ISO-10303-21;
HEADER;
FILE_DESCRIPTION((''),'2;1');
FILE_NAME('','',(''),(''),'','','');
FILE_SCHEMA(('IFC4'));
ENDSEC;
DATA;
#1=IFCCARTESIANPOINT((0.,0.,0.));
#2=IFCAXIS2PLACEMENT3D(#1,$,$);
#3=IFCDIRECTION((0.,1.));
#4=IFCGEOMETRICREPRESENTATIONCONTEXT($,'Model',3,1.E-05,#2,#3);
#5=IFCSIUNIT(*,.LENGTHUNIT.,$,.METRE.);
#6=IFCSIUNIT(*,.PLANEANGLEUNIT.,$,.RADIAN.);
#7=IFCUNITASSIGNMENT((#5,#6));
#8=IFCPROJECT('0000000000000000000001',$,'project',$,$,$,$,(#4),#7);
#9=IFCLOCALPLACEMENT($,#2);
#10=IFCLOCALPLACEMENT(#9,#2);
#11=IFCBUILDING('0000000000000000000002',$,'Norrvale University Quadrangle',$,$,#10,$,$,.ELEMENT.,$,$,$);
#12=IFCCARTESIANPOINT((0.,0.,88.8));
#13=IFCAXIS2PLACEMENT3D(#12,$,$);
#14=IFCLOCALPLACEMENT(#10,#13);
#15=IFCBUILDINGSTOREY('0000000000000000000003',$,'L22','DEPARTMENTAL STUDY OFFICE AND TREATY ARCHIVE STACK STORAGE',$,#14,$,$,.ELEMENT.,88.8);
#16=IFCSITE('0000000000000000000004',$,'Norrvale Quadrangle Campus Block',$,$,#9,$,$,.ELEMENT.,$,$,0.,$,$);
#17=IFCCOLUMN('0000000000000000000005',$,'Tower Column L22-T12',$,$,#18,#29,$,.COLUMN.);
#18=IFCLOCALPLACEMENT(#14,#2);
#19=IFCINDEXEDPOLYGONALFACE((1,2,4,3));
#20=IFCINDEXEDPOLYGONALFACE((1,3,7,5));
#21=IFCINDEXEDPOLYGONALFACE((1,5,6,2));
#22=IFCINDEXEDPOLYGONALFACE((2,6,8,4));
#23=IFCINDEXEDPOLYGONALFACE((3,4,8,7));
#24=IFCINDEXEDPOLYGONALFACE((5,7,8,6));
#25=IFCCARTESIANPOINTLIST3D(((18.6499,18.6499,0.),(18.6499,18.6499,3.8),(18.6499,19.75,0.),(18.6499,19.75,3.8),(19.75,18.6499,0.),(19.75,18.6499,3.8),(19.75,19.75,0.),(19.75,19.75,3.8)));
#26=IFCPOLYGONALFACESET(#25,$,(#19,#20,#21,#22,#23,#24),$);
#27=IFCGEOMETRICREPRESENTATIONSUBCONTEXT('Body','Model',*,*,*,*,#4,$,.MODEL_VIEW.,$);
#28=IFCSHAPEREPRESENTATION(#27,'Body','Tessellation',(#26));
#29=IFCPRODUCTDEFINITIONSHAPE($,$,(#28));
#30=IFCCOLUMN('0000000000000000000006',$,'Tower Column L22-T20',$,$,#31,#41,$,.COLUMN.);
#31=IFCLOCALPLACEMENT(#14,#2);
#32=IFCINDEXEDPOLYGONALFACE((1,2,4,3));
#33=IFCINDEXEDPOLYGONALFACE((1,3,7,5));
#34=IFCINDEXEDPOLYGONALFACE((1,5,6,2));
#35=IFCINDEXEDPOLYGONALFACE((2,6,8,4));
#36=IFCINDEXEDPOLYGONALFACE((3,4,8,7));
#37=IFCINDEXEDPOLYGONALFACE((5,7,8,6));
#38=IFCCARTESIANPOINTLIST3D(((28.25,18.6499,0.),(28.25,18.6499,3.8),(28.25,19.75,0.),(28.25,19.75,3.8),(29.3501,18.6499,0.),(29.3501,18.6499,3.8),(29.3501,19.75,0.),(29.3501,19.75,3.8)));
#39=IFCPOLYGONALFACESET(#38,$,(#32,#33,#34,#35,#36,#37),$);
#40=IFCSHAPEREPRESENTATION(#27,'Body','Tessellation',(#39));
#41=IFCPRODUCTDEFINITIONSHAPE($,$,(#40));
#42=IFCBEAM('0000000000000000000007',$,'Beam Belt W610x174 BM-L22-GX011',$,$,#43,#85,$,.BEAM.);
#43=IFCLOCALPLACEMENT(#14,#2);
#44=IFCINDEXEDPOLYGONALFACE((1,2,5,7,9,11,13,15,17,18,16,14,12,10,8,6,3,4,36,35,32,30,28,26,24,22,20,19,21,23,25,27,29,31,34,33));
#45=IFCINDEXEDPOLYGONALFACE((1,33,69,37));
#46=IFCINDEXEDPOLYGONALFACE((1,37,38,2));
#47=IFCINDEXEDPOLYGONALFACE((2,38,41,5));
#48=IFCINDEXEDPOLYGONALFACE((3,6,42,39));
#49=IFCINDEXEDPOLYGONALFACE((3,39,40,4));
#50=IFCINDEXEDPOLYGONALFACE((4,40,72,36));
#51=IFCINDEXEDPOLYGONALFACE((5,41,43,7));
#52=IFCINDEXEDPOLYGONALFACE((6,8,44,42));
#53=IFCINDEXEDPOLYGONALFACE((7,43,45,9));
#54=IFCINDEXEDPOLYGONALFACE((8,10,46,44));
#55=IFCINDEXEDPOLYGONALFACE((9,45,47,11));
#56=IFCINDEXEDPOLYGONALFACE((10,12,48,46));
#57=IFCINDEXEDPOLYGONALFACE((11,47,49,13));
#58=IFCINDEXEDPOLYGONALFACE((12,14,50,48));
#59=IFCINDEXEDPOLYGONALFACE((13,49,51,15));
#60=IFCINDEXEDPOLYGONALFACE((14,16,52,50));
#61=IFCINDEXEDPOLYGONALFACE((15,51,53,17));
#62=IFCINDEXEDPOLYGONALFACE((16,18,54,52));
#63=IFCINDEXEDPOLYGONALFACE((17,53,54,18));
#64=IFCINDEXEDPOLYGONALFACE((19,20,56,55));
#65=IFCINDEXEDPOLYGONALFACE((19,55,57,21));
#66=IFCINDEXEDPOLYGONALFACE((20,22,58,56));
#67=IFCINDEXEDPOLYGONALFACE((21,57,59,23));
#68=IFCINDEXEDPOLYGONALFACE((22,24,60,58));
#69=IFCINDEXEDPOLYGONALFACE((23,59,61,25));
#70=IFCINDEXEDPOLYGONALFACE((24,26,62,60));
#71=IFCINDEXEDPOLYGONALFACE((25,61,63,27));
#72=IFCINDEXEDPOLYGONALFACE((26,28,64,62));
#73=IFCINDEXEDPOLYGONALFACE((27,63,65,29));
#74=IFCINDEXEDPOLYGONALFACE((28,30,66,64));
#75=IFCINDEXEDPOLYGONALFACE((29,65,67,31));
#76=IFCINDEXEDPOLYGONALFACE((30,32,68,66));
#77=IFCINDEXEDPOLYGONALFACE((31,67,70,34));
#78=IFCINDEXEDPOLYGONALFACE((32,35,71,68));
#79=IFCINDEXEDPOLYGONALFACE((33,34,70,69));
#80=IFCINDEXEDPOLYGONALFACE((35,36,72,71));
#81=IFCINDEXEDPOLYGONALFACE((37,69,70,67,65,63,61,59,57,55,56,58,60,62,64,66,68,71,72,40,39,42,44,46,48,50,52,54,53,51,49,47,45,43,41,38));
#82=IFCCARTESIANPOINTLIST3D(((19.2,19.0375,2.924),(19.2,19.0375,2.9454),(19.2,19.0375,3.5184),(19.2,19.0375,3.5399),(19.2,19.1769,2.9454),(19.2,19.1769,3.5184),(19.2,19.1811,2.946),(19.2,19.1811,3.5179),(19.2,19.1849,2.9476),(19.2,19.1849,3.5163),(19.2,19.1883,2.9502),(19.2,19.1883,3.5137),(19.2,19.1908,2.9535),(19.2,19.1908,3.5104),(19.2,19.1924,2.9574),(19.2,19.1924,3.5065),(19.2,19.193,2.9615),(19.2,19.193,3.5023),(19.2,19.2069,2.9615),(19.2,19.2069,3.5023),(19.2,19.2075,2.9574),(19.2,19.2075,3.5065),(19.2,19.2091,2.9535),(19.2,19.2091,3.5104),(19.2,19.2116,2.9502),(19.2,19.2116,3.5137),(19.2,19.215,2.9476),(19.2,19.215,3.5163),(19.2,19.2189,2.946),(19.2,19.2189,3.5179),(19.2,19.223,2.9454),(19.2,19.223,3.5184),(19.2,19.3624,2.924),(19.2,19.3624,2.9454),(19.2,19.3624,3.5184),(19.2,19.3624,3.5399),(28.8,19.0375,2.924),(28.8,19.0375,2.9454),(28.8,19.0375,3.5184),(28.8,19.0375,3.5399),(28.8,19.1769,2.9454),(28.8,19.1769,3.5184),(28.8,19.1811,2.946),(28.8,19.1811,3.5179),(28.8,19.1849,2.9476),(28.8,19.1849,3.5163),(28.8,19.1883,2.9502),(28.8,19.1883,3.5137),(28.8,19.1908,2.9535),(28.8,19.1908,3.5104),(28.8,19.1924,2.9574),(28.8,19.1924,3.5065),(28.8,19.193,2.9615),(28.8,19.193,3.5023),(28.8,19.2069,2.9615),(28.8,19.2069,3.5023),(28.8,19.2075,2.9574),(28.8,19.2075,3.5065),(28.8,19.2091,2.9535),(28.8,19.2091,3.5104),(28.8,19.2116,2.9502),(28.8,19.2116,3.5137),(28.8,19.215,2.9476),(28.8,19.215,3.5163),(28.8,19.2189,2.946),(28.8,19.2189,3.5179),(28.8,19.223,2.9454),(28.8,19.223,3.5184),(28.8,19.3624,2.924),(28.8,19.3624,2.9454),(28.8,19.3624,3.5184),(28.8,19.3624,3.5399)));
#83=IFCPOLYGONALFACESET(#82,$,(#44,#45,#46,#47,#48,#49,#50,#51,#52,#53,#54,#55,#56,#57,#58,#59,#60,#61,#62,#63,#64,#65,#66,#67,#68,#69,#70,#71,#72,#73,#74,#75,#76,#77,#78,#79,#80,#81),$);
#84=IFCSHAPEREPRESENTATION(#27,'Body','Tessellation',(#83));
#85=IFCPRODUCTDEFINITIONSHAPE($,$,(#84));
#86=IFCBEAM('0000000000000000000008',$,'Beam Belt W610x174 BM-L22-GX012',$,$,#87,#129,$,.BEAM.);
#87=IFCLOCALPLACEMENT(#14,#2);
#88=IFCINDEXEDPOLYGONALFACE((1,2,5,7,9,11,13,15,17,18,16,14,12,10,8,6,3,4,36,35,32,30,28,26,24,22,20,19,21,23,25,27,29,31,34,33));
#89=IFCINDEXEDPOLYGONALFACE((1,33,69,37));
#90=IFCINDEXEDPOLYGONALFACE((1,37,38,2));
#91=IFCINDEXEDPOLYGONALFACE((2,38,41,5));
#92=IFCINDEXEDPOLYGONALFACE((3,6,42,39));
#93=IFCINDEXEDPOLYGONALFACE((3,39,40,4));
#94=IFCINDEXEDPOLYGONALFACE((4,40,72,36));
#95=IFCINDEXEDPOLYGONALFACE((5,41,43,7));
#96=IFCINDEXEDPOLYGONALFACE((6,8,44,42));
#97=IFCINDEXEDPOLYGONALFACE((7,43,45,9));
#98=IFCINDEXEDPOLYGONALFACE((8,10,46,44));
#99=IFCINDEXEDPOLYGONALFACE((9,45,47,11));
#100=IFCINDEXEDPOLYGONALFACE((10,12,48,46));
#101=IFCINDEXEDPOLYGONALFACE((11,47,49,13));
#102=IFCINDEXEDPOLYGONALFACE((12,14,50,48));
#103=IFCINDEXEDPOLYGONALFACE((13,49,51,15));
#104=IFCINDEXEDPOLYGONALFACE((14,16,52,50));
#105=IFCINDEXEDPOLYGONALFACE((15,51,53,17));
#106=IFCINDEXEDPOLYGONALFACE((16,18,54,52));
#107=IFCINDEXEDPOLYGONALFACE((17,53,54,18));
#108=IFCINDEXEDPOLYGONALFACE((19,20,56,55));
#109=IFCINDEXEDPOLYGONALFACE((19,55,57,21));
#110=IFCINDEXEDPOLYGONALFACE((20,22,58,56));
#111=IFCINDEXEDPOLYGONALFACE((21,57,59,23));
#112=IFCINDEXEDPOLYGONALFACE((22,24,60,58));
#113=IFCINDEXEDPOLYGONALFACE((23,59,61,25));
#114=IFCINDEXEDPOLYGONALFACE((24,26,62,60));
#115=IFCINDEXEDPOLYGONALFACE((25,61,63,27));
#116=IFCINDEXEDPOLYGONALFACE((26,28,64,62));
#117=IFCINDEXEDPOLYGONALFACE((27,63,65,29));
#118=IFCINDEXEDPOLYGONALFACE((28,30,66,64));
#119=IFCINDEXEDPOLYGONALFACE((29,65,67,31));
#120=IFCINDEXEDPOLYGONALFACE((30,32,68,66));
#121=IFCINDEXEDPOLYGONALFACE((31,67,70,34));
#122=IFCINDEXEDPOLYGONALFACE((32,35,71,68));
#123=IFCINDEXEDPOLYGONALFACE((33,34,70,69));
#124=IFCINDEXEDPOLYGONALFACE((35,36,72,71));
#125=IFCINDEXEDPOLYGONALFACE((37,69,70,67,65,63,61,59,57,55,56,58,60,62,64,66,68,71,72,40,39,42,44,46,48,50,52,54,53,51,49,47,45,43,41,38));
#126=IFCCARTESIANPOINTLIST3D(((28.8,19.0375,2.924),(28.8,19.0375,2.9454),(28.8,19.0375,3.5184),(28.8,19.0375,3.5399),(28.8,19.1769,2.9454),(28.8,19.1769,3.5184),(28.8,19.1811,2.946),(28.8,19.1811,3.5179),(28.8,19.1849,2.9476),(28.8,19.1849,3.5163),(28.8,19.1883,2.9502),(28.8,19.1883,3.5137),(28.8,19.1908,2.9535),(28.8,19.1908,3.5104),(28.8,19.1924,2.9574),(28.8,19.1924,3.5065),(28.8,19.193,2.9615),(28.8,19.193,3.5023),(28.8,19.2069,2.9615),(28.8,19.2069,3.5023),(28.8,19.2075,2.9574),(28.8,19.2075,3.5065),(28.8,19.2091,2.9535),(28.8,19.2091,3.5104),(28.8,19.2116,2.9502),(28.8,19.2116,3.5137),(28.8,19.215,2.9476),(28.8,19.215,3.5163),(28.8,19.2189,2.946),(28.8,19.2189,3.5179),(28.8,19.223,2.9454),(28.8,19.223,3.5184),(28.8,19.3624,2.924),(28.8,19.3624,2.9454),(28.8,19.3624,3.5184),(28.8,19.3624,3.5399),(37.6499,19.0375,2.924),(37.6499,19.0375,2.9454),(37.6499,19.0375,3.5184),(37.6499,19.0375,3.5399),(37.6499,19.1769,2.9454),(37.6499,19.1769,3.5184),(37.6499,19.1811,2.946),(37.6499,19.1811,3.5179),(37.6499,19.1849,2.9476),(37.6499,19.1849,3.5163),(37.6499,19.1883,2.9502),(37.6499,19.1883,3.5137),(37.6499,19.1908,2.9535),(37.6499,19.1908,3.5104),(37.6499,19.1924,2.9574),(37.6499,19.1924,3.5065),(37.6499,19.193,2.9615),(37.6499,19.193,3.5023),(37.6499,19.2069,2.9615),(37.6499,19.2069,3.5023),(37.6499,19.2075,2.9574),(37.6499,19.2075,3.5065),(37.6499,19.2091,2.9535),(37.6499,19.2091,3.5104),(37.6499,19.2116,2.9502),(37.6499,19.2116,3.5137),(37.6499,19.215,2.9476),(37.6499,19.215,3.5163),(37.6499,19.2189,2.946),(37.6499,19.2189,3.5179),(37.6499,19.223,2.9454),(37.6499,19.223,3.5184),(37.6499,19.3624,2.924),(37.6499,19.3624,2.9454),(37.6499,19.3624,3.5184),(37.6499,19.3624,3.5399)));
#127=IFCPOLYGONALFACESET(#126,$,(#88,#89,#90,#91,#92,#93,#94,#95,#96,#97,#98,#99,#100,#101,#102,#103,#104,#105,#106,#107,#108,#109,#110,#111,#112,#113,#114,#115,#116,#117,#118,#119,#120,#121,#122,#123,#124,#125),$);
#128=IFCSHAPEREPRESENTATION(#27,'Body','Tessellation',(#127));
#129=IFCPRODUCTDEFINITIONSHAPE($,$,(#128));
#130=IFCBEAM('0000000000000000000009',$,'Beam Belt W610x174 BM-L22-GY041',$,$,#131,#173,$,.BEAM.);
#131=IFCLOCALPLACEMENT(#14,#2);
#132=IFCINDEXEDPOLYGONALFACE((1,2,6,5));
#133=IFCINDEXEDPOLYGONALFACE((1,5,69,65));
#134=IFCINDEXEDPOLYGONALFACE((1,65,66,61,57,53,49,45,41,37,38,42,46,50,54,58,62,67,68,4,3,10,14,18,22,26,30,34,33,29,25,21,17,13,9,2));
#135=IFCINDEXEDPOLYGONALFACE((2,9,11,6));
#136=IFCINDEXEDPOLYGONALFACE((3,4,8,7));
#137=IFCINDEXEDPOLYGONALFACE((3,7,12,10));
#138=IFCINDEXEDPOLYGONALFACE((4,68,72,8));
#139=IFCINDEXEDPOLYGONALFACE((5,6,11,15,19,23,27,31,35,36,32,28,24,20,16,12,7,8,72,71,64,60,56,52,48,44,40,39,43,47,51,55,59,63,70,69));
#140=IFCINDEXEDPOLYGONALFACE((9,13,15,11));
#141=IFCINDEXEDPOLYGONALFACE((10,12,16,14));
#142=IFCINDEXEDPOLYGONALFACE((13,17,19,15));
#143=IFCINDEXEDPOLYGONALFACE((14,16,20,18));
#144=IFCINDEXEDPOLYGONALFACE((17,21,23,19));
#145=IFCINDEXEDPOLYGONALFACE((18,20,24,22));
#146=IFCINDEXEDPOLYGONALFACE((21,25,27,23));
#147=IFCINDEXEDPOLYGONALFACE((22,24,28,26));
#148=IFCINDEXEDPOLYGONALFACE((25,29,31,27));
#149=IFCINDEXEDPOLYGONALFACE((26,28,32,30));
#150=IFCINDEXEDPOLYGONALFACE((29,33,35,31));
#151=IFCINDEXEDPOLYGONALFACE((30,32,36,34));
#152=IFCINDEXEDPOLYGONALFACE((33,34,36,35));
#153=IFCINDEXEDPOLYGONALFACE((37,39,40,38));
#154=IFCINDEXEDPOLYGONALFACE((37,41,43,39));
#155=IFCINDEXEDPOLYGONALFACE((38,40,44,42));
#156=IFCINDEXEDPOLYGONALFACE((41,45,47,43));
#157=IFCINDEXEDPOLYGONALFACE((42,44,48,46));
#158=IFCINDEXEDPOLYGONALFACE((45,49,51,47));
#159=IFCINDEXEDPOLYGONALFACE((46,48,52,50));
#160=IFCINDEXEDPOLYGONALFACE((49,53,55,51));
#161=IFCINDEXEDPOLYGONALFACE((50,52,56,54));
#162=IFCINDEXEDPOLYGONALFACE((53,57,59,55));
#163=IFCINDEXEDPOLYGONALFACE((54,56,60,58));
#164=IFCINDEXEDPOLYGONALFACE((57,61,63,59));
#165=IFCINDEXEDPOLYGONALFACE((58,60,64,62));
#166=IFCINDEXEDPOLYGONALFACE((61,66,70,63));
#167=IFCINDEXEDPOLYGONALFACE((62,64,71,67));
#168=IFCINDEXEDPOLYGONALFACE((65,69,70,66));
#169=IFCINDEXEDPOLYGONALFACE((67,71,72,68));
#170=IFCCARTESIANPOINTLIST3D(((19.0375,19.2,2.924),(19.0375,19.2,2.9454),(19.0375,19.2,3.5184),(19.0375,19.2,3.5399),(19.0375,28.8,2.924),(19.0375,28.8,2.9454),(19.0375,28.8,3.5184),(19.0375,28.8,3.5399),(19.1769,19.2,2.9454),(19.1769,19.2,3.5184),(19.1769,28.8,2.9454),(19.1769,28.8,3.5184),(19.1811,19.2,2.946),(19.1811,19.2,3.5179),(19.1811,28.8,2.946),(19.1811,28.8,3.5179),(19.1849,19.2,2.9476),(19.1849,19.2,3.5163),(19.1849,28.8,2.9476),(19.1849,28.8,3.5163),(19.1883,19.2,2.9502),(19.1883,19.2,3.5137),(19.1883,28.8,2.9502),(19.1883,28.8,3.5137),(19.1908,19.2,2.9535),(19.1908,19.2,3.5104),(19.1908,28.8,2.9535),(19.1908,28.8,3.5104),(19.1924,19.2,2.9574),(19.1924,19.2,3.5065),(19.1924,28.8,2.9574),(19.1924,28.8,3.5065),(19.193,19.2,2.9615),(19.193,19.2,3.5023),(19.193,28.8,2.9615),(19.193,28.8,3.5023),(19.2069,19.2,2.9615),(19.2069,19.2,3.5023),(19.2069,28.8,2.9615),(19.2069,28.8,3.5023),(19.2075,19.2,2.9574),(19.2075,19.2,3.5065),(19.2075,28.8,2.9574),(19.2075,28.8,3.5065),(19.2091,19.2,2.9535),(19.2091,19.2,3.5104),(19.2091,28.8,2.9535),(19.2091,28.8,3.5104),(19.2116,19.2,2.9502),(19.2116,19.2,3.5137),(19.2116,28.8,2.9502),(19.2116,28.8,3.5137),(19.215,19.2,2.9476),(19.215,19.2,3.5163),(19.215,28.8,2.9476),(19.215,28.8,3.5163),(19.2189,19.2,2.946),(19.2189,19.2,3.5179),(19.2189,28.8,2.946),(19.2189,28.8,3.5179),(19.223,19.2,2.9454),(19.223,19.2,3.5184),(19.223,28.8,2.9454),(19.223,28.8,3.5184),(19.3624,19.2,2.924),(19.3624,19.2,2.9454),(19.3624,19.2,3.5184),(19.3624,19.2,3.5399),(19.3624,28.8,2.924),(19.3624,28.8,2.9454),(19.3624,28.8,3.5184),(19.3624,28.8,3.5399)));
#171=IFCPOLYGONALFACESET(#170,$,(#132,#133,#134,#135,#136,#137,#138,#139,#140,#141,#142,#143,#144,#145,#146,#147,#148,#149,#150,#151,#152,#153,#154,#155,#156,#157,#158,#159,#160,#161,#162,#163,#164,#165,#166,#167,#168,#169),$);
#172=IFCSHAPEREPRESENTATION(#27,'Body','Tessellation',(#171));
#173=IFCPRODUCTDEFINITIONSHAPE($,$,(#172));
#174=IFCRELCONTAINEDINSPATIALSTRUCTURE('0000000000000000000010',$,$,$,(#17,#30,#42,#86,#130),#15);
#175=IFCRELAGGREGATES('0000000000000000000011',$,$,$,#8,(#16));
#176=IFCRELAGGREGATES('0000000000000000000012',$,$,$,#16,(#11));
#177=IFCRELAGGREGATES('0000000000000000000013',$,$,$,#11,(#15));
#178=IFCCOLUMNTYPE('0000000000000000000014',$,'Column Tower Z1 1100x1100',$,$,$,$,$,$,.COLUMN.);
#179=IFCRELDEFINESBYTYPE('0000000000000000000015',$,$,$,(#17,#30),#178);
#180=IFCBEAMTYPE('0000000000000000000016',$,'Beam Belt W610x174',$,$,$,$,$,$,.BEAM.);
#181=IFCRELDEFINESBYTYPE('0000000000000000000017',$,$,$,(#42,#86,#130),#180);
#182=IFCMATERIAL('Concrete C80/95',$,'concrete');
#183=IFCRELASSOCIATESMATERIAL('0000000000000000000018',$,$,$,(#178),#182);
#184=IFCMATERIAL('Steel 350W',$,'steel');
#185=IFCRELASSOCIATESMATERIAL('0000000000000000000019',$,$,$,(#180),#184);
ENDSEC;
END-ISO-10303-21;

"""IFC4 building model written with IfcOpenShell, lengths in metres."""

from ifc_helpers import new_model, si_unit, direction, frame, origin, origin_2d, place, context, subcontext, project, spatial, rectangle, i_section, extrude, material, material_profile, profile_set, type_object, element, save


model = new_model("IFC4")

# Units and contexts
model_context = context("Model", 3, precision=1e-05, world=origin(), true_north=direction((0.0, 1.0)))
body_context = subcontext(model_context, "Body", "Model", "MODEL_VIEW")
ifc_project = project(units=[si_unit("LENGTHUNIT", "METRE"), si_unit("PLANEANGLEUNIT", "RADIAN")], contexts=[model_context])

# Site, building, storey
site_placement = place(None, origin())
site = spatial("IfcSite", under=ifc_project, at=site_placement, Name="Norrvale Quadrangle Campus Block", CompositionType="ELEMENT", RefElevation=0.0)
building_placement = place(site_placement, origin())
building = spatial("IfcBuilding", under=site, at=building_placement, Name="Norrvale University Quadrangle", CompositionType="ELEMENT")
storey_placement = place(building_placement, frame((0.0, 0.0, 88.8)))
storey = spatial("IfcBuildingStorey", under=building, at=storey_placement, Name="L22", Description="DEPARTMENTAL STUDY OFFICE AND TREATY ARCHIVE STACK STORAGE", CompositionType="ELEMENT", Elevation=88.8)

# Columns
ifc_material_1 = material(Name="Concrete C80/95", Category="concrete")
ifc_material_profile_1 = material_profile(ifc_material_1, rectangle(XDim=1.1001, YDim=1.1001, at=origin_2d()), Name="Concrete C80/95")
ifc_profile_set_1 = profile_set([ifc_material_profile_1], Name="Concrete C80/95")
column_type = type_object("IfcColumnType", Name="Column Tower Z1 1100x1100", PredefinedType="COLUMN", material=ifc_profile_set_1)
for number, where, z_axis, x_axis, name in (
    (1, (19.2, 19.2, 0.0), (0.0, 0.0, 1.0), (1.0, 0.0, 0.0), "Tower Column L22-T12"),
    (2, (28.8, 19.2, 0.0), (0.0, 0.0, 1.0), (1.0, 0.0, 0.0), "Tower Column L22-T20"),
):
    element("IfcColumn", number, at=place(storey_placement, frame(where, z_axis=z_axis, x_axis=x_axis)), inside=storey, type_object=column_type, Name=name, PredefinedType="COLUMN", context=body_context, shape_type="SweptSolid", body=[
        extrude(rectangle(XDim=1.1001, YDim=1.1001, at=origin_2d()), origin(), (0.0, 0.0, 1.0), 3.8),
    ])

# Beams
ifc_material_2 = material(Name="Steel 350W", Category="steel")
ifc_material_profile_2 = material_profile(ifc_material_2, i_section(OverallWidth=0.325, OverallDepth=0.616, WebThickness=0.0139, FlangeThickness=0.0215, FilletRadius=0.0161, at=origin_2d()), Name="Steel 350W")
ifc_profile_set_2 = profile_set([ifc_material_profile_2], Name="Steel 350W")
beam_type_1 = type_object("IfcBeamType", Name="Beam Belt W610x174", PredefinedType="BEAM", material=ifc_profile_set_2)
beam_1_placement = place(storey_placement, frame((19.2, 19.2, 3.2319), z_axis=(1.0, 0.0, 0.0), x_axis=(0.0, 1.0, 0.0)))
element("IfcBeam", 3, at=beam_1_placement, inside=storey, type_object=beam_type_1, Name="Beam Belt W610x174 BM-L22-GX011", PredefinedType="BEAM", context=body_context, shape_type="SweptSolid", body=[
    extrude(i_section(OverallWidth=0.325, OverallDepth=0.616, WebThickness=0.0139, FlangeThickness=0.0215, FilletRadius=0.0161, at=origin_2d()), origin(), (0.0, 0.0, 1.0), 9.6001),
])
beam_2_placement = place(storey_placement, frame((28.8, 19.2, 3.2319), z_axis=(1.0, 0.0, 0.0), x_axis=(0.0, 1.0, 0.0)))
element("IfcBeam", 4, at=beam_2_placement, inside=storey, type_object=beam_type_1, Name="Beam Belt W610x174 BM-L22-GX012", PredefinedType="BEAM", context=body_context, shape_type="SweptSolid", body=[
    extrude(i_section(OverallWidth=0.325, OverallDepth=0.616, WebThickness=0.0139, FlangeThickness=0.0215, FilletRadius=0.0161, at=origin_2d()), origin(), (0.0, 0.0, 1.0), 8.8499),
])
for number, where, z_axis, x_axis, name in (
    (5, (19.2, 19.2, 3.2319), (0.0, 1.0, 0.0), (-1.0, 0.0, 0.0), "Beam Belt W610x174 BM-L22-GY041"),
):
    element("IfcBeam", number, at=place(storey_placement, frame(where, z_axis=z_axis, x_axis=x_axis)), inside=storey, type_object=beam_type_1, Name=name, PredefinedType="BEAM", context=body_context, shape_type="SweptSolid", body=[
        extrude(i_section(OverallWidth=0.325, OverallDepth=0.616, WebThickness=0.0139, FlangeThickness=0.0215, FilletRadius=0.0161, at=origin_2d()), origin(), (0.0, 0.0, 1.0), 9.6001),
    ])

save(model, "model.ifc")
